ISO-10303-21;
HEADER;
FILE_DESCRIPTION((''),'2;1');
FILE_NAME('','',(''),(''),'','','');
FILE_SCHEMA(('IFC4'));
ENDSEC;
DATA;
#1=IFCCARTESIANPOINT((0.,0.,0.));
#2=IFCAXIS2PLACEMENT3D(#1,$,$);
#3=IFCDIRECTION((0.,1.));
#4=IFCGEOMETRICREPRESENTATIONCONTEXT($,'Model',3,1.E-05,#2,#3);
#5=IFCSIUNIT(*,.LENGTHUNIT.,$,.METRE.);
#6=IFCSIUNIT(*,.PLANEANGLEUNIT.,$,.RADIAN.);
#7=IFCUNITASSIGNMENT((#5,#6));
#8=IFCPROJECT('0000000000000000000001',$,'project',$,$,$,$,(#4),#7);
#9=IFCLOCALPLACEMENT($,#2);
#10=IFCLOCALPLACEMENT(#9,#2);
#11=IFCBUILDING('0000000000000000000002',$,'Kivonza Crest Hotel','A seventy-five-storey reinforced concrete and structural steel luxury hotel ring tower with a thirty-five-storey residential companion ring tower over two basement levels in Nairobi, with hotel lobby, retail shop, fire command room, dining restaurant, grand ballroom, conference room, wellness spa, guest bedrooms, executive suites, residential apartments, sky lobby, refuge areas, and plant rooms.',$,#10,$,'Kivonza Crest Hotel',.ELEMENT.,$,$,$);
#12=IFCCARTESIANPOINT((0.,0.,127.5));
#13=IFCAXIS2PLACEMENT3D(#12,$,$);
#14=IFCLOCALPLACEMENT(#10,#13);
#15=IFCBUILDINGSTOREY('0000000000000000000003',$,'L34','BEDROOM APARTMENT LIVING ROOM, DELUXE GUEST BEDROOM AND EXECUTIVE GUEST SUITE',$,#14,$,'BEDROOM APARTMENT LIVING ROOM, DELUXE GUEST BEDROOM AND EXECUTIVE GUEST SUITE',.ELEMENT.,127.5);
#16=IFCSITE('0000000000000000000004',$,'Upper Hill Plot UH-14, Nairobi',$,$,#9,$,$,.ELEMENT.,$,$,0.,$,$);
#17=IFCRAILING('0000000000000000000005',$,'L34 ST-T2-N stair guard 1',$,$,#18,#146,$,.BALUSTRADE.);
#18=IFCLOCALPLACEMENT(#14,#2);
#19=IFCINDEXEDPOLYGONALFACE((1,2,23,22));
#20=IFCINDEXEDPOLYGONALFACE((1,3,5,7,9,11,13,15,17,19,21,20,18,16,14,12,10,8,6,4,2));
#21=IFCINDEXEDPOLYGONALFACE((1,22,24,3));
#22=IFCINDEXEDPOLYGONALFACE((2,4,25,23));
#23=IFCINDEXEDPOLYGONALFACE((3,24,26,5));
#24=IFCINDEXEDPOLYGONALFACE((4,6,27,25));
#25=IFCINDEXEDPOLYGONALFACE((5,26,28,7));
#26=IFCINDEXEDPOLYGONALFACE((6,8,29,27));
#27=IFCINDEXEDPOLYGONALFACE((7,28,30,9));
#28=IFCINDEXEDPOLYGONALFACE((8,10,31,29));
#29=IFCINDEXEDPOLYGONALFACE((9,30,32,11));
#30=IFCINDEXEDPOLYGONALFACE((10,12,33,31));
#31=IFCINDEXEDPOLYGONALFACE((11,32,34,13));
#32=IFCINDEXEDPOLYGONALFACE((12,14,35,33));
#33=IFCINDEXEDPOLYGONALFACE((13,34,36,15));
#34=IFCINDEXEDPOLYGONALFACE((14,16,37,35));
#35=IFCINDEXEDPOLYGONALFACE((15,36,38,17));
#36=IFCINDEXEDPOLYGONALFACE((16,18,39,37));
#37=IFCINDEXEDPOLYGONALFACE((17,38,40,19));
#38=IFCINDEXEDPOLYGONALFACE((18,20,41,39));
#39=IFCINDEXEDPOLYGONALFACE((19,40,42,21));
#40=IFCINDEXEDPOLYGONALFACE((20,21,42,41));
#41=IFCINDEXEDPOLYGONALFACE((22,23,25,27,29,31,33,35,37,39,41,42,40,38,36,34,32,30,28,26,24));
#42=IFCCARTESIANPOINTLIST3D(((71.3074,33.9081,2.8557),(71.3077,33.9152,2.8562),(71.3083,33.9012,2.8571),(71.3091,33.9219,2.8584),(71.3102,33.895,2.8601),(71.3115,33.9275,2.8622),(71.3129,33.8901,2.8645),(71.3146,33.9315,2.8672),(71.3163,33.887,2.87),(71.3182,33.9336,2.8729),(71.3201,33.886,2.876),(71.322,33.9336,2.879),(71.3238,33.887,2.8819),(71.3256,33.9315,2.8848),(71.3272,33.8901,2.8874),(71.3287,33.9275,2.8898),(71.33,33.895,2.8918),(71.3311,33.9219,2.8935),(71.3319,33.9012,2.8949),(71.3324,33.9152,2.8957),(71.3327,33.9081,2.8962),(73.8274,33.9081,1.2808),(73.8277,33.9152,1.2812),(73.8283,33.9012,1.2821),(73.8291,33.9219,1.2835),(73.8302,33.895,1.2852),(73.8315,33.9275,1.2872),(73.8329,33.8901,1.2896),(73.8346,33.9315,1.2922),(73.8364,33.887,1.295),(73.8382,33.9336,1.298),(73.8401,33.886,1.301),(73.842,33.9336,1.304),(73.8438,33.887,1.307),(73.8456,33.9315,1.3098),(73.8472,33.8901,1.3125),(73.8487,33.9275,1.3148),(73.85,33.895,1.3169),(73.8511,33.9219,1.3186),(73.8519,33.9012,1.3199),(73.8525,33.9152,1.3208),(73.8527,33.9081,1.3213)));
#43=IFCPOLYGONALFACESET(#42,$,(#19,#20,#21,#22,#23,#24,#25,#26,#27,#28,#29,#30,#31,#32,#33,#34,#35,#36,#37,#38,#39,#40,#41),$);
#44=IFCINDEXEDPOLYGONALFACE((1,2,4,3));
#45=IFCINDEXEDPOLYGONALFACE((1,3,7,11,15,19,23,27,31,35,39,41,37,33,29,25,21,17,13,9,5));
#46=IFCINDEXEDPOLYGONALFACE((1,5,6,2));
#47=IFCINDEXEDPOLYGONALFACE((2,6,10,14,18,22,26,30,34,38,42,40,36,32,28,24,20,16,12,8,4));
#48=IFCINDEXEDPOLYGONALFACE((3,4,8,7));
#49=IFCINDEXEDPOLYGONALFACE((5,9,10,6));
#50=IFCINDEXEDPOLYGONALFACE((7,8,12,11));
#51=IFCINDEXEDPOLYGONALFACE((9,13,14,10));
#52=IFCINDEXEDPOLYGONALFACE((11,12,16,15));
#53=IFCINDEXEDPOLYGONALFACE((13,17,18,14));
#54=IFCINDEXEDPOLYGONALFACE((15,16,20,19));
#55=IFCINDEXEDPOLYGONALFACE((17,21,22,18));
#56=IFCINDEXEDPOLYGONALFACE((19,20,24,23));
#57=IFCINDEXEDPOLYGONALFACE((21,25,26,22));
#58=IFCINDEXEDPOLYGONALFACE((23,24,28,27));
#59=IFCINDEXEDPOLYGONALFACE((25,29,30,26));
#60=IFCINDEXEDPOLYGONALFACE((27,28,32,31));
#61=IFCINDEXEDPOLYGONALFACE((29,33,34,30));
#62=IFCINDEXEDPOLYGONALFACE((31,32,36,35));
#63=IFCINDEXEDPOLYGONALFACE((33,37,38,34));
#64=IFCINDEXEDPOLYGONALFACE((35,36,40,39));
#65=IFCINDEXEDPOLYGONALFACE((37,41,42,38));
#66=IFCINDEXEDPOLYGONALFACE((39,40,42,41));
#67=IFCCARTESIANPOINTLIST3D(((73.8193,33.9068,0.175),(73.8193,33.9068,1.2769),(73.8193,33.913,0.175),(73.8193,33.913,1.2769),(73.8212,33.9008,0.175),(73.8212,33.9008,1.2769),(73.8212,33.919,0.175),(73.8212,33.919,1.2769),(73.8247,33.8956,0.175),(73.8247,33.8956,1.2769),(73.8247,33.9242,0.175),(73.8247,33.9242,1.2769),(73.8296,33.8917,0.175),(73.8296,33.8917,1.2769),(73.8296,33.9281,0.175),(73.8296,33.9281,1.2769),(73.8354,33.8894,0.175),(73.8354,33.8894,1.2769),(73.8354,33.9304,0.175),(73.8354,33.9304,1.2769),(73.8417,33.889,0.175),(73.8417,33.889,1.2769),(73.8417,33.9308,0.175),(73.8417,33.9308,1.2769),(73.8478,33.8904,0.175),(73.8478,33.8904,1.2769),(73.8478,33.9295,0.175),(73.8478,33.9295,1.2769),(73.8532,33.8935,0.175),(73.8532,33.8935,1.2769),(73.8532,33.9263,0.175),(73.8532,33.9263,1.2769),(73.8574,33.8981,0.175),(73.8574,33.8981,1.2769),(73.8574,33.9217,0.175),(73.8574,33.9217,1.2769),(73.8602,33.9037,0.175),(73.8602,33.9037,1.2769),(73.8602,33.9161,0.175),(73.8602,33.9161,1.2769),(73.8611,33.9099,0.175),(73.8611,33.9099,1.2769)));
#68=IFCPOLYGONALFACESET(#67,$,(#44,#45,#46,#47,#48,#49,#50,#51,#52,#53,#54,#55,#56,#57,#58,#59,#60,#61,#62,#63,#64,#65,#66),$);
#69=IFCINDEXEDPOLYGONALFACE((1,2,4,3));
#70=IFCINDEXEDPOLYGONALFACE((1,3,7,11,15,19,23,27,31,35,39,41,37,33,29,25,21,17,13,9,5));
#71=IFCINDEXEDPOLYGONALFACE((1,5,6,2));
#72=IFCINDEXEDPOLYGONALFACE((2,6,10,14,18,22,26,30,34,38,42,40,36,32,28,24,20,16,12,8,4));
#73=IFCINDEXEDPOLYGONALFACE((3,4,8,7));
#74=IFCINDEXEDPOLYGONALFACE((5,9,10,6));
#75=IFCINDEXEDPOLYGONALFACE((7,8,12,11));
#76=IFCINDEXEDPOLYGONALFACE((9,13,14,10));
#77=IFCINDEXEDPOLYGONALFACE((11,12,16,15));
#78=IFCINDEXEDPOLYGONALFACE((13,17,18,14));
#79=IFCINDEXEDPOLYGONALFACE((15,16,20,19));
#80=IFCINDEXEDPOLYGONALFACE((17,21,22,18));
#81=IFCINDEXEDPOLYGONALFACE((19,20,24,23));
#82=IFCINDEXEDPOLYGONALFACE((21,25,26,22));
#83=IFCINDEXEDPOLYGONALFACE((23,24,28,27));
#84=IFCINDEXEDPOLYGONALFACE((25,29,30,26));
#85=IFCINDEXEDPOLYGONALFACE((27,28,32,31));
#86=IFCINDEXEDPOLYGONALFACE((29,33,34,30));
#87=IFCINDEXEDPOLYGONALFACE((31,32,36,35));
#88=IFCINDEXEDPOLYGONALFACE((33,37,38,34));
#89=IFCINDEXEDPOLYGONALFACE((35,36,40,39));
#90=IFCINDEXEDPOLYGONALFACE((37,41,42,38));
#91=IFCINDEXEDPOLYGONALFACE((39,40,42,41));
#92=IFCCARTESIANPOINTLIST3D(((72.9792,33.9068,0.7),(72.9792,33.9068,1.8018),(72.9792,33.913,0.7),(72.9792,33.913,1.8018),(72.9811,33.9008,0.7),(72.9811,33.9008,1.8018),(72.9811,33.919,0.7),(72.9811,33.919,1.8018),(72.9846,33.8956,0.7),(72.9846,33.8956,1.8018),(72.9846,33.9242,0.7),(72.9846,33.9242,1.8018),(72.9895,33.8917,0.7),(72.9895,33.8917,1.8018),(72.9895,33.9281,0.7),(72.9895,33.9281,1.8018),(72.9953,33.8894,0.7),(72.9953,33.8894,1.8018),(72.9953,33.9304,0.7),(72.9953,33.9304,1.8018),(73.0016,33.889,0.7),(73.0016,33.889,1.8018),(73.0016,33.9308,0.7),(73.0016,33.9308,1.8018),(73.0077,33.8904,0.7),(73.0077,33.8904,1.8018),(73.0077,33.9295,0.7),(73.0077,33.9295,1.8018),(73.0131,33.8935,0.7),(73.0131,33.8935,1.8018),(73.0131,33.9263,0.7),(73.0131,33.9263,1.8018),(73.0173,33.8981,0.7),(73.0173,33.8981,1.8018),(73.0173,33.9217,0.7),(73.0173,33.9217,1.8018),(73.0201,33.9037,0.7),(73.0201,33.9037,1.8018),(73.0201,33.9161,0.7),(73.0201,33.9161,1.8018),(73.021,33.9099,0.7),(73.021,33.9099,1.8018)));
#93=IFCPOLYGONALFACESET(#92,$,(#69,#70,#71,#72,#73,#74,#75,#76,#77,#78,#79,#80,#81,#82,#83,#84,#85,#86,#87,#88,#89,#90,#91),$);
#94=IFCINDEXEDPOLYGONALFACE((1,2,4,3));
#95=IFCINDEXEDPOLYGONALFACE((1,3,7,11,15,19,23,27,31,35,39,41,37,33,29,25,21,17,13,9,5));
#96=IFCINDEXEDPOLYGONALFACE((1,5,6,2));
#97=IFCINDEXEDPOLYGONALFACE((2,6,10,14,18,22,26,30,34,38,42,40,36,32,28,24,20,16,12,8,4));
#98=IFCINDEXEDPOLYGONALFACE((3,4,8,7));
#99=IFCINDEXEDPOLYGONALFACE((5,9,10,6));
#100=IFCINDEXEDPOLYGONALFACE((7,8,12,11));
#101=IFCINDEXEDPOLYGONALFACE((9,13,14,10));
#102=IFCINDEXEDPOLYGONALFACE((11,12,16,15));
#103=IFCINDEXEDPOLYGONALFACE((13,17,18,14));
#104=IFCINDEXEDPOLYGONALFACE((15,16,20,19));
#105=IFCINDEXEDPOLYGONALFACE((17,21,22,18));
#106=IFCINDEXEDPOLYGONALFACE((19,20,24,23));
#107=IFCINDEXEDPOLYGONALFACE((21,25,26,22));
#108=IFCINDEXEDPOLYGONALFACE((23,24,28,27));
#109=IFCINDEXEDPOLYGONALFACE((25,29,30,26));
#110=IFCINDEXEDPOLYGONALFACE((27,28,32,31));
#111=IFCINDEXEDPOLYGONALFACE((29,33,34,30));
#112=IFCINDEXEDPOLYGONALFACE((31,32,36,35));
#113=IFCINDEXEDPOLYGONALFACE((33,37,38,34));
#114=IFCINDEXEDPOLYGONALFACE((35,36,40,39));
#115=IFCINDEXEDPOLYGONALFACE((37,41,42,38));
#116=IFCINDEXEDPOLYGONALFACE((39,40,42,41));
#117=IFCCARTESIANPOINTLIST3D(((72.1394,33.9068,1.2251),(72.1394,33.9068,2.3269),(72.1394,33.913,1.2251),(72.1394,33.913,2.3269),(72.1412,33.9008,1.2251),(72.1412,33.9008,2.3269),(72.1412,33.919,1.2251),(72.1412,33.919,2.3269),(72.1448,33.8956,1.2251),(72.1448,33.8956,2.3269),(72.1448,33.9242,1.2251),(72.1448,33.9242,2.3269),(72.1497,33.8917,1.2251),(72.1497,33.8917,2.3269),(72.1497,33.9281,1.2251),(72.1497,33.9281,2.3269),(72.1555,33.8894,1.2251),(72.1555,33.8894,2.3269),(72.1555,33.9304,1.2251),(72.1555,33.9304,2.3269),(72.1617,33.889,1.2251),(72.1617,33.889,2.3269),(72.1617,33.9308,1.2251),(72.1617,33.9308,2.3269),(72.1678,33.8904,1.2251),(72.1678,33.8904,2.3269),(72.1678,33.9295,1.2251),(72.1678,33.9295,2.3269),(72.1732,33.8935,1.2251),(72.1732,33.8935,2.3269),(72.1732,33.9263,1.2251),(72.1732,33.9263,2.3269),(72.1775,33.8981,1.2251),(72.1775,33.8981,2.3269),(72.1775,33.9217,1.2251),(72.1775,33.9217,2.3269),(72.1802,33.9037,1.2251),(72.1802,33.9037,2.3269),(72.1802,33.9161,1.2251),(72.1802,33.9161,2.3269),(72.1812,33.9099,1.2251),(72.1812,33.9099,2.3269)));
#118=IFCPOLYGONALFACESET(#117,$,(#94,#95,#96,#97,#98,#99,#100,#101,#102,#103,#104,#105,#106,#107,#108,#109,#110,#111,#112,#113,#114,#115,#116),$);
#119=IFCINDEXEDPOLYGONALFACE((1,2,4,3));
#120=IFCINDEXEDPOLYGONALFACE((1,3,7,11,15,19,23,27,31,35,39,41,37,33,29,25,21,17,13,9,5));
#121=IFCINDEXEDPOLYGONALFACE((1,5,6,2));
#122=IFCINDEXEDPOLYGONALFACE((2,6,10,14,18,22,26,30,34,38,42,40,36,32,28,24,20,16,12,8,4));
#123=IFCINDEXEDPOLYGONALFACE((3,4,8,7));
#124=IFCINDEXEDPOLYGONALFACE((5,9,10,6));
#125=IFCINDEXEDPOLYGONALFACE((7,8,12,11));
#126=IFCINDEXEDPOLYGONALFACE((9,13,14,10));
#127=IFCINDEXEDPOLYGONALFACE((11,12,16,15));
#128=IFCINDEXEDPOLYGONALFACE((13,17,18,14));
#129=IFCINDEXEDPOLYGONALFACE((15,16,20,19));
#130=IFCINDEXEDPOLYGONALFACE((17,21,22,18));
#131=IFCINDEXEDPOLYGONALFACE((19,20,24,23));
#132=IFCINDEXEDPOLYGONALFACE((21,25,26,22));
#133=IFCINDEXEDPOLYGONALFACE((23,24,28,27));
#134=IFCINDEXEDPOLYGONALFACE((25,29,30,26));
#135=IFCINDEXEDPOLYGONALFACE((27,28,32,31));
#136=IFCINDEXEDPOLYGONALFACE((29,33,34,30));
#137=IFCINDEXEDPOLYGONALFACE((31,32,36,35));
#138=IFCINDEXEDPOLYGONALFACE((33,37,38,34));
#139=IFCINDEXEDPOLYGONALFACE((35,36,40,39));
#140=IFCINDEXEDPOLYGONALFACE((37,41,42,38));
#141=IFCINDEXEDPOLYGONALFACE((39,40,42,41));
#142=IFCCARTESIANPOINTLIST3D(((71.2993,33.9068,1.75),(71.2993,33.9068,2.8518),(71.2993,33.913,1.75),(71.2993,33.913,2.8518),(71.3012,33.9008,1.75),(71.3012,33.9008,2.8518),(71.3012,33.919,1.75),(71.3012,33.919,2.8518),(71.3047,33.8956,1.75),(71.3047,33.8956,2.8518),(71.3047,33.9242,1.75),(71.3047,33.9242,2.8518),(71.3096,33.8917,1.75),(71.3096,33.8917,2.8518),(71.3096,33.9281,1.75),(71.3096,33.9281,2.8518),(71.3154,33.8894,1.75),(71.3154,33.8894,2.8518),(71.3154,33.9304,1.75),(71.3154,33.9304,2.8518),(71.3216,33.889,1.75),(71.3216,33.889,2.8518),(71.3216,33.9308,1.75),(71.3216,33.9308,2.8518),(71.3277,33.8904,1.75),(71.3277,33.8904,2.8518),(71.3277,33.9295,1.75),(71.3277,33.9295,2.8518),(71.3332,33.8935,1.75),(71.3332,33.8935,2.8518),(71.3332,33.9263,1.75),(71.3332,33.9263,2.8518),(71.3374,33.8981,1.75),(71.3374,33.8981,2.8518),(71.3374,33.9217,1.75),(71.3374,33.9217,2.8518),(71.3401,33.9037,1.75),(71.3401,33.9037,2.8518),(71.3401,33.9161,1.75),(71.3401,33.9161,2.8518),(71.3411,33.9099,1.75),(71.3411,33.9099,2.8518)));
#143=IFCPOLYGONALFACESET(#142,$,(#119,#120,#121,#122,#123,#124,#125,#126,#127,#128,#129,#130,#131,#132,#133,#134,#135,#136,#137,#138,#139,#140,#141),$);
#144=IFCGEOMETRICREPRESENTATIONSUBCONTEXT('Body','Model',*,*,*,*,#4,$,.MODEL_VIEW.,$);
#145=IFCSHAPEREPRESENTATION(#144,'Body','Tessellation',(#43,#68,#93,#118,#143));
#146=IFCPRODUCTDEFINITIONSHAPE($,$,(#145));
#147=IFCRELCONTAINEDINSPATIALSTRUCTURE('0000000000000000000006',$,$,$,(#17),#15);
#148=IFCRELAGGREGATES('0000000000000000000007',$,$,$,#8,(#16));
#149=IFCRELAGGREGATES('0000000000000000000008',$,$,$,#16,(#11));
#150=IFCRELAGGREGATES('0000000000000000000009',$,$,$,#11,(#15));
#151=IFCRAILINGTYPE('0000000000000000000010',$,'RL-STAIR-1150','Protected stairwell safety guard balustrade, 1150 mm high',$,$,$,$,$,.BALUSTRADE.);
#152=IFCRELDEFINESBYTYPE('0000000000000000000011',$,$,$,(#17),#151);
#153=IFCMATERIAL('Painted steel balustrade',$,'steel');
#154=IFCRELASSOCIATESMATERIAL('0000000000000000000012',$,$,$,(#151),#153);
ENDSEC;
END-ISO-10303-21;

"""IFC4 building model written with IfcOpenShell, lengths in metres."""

from ifc_helpers import new_model, si_unit, direction, frame, origin, origin_2d, place, context, subcontext, project, spatial, circle, extrude, material, type_object, element, save


model = new_model("IFC4")

# Units and contexts
model_context = context("Model", 3, precision=1e-05, world=origin(), true_north=direction((0.0, 1.0)))
body_context = subcontext(model_context, "Body", "Model", "MODEL_VIEW")
ifc_project = project(units=[si_unit("LENGTHUNIT", "METRE"), si_unit("PLANEANGLEUNIT", "RADIAN")], contexts=[model_context])

# Site, building, storey
site_placement = place(None, origin())
site = spatial("IfcSite", under=ifc_project, at=site_placement, Name="Upper Hill Plot UH-14, Nairobi", CompositionType="ELEMENT", RefElevation=0.0)
building_placement = place(site_placement, origin())
building = spatial("IfcBuilding", under=site, at=building_placement, Name="Kivonza Crest Hotel", Description="A seventy-five-storey reinforced concrete and structural steel luxury hotel ring tower with a thirty-five-storey residential companion ring tower over two basement levels in Nairobi, with hotel lobby, retail shop, fire command room, dining restaurant, grand ballroom, conference room, wellness spa, guest bedrooms, executive suites, residential apartments, sky lobby, refuge areas, and plant rooms.", LongName="Kivonza Crest Hotel", CompositionType="ELEMENT")
storey_placement = place(building_placement, frame((0.0, 0.0, 127.5)))
storey = spatial("IfcBuildingStorey", under=building, at=storey_placement, Name="L34", Description="BEDROOM APARTMENT LIVING ROOM, DELUXE GUEST BEDROOM AND EXECUTIVE GUEST SUITE", LongName="BEDROOM APARTMENT LIVING ROOM, DELUXE GUEST BEDROOM AND EXECUTIVE GUEST SUITE", CompositionType="ELEMENT", Elevation=127.5)

# Railing
ifc_material_1 = material(Name="Painted steel balustrade", Category="steel")
railing_type_1 = type_object("IfcRailingType", Name="RL-STAIR-1150", Description="Protected stairwell safety guard balustrade, 1150 mm high", PredefinedType="BALUSTRADE", material=ifc_material_1)
railing_1_placement = place(storey_placement, frame((73.8401, 33.9099, 0.175)))
element("IfcRailing", 1, at=railing_1_placement, inside=storey, type_object=railing_type_1, Name="L34 ST-T2-N stair guard 1", PredefinedType="BALUSTRADE", context=body_context, shape_type="SweptSolid", body=[
    extrude(circle(Radius=0.0239, at=origin_2d()), frame((0.0, 0.0, 1.126), z_axis=(-0.848008, 0.0, 0.529984), x_axis=(0.0, -1.0, 0.0)), (0.0, 0.0, 1.0), 2.9717),
    extrude(circle(Radius=0.021, at=origin_2d()), origin(), (0.0, 0.0, 1.0), 1.1018),
    extrude(circle(Radius=0.021, at=origin_2d()), frame((-0.8401, 0.0, 0.5249)), (0.0, 0.0, 1.0), 1.1018),
    extrude(circle(Radius=0.021, at=origin_2d()), frame((-1.6799, 0.0, 1.05)), (0.0, 0.0, 1.0), 1.1018),
    extrude(circle(Radius=0.021, at=origin_2d()), frame((-2.52, 0.0, 1.575)), (0.0, 0.0, 1.0), 1.1018),
])

save(model, "model.ifc")
